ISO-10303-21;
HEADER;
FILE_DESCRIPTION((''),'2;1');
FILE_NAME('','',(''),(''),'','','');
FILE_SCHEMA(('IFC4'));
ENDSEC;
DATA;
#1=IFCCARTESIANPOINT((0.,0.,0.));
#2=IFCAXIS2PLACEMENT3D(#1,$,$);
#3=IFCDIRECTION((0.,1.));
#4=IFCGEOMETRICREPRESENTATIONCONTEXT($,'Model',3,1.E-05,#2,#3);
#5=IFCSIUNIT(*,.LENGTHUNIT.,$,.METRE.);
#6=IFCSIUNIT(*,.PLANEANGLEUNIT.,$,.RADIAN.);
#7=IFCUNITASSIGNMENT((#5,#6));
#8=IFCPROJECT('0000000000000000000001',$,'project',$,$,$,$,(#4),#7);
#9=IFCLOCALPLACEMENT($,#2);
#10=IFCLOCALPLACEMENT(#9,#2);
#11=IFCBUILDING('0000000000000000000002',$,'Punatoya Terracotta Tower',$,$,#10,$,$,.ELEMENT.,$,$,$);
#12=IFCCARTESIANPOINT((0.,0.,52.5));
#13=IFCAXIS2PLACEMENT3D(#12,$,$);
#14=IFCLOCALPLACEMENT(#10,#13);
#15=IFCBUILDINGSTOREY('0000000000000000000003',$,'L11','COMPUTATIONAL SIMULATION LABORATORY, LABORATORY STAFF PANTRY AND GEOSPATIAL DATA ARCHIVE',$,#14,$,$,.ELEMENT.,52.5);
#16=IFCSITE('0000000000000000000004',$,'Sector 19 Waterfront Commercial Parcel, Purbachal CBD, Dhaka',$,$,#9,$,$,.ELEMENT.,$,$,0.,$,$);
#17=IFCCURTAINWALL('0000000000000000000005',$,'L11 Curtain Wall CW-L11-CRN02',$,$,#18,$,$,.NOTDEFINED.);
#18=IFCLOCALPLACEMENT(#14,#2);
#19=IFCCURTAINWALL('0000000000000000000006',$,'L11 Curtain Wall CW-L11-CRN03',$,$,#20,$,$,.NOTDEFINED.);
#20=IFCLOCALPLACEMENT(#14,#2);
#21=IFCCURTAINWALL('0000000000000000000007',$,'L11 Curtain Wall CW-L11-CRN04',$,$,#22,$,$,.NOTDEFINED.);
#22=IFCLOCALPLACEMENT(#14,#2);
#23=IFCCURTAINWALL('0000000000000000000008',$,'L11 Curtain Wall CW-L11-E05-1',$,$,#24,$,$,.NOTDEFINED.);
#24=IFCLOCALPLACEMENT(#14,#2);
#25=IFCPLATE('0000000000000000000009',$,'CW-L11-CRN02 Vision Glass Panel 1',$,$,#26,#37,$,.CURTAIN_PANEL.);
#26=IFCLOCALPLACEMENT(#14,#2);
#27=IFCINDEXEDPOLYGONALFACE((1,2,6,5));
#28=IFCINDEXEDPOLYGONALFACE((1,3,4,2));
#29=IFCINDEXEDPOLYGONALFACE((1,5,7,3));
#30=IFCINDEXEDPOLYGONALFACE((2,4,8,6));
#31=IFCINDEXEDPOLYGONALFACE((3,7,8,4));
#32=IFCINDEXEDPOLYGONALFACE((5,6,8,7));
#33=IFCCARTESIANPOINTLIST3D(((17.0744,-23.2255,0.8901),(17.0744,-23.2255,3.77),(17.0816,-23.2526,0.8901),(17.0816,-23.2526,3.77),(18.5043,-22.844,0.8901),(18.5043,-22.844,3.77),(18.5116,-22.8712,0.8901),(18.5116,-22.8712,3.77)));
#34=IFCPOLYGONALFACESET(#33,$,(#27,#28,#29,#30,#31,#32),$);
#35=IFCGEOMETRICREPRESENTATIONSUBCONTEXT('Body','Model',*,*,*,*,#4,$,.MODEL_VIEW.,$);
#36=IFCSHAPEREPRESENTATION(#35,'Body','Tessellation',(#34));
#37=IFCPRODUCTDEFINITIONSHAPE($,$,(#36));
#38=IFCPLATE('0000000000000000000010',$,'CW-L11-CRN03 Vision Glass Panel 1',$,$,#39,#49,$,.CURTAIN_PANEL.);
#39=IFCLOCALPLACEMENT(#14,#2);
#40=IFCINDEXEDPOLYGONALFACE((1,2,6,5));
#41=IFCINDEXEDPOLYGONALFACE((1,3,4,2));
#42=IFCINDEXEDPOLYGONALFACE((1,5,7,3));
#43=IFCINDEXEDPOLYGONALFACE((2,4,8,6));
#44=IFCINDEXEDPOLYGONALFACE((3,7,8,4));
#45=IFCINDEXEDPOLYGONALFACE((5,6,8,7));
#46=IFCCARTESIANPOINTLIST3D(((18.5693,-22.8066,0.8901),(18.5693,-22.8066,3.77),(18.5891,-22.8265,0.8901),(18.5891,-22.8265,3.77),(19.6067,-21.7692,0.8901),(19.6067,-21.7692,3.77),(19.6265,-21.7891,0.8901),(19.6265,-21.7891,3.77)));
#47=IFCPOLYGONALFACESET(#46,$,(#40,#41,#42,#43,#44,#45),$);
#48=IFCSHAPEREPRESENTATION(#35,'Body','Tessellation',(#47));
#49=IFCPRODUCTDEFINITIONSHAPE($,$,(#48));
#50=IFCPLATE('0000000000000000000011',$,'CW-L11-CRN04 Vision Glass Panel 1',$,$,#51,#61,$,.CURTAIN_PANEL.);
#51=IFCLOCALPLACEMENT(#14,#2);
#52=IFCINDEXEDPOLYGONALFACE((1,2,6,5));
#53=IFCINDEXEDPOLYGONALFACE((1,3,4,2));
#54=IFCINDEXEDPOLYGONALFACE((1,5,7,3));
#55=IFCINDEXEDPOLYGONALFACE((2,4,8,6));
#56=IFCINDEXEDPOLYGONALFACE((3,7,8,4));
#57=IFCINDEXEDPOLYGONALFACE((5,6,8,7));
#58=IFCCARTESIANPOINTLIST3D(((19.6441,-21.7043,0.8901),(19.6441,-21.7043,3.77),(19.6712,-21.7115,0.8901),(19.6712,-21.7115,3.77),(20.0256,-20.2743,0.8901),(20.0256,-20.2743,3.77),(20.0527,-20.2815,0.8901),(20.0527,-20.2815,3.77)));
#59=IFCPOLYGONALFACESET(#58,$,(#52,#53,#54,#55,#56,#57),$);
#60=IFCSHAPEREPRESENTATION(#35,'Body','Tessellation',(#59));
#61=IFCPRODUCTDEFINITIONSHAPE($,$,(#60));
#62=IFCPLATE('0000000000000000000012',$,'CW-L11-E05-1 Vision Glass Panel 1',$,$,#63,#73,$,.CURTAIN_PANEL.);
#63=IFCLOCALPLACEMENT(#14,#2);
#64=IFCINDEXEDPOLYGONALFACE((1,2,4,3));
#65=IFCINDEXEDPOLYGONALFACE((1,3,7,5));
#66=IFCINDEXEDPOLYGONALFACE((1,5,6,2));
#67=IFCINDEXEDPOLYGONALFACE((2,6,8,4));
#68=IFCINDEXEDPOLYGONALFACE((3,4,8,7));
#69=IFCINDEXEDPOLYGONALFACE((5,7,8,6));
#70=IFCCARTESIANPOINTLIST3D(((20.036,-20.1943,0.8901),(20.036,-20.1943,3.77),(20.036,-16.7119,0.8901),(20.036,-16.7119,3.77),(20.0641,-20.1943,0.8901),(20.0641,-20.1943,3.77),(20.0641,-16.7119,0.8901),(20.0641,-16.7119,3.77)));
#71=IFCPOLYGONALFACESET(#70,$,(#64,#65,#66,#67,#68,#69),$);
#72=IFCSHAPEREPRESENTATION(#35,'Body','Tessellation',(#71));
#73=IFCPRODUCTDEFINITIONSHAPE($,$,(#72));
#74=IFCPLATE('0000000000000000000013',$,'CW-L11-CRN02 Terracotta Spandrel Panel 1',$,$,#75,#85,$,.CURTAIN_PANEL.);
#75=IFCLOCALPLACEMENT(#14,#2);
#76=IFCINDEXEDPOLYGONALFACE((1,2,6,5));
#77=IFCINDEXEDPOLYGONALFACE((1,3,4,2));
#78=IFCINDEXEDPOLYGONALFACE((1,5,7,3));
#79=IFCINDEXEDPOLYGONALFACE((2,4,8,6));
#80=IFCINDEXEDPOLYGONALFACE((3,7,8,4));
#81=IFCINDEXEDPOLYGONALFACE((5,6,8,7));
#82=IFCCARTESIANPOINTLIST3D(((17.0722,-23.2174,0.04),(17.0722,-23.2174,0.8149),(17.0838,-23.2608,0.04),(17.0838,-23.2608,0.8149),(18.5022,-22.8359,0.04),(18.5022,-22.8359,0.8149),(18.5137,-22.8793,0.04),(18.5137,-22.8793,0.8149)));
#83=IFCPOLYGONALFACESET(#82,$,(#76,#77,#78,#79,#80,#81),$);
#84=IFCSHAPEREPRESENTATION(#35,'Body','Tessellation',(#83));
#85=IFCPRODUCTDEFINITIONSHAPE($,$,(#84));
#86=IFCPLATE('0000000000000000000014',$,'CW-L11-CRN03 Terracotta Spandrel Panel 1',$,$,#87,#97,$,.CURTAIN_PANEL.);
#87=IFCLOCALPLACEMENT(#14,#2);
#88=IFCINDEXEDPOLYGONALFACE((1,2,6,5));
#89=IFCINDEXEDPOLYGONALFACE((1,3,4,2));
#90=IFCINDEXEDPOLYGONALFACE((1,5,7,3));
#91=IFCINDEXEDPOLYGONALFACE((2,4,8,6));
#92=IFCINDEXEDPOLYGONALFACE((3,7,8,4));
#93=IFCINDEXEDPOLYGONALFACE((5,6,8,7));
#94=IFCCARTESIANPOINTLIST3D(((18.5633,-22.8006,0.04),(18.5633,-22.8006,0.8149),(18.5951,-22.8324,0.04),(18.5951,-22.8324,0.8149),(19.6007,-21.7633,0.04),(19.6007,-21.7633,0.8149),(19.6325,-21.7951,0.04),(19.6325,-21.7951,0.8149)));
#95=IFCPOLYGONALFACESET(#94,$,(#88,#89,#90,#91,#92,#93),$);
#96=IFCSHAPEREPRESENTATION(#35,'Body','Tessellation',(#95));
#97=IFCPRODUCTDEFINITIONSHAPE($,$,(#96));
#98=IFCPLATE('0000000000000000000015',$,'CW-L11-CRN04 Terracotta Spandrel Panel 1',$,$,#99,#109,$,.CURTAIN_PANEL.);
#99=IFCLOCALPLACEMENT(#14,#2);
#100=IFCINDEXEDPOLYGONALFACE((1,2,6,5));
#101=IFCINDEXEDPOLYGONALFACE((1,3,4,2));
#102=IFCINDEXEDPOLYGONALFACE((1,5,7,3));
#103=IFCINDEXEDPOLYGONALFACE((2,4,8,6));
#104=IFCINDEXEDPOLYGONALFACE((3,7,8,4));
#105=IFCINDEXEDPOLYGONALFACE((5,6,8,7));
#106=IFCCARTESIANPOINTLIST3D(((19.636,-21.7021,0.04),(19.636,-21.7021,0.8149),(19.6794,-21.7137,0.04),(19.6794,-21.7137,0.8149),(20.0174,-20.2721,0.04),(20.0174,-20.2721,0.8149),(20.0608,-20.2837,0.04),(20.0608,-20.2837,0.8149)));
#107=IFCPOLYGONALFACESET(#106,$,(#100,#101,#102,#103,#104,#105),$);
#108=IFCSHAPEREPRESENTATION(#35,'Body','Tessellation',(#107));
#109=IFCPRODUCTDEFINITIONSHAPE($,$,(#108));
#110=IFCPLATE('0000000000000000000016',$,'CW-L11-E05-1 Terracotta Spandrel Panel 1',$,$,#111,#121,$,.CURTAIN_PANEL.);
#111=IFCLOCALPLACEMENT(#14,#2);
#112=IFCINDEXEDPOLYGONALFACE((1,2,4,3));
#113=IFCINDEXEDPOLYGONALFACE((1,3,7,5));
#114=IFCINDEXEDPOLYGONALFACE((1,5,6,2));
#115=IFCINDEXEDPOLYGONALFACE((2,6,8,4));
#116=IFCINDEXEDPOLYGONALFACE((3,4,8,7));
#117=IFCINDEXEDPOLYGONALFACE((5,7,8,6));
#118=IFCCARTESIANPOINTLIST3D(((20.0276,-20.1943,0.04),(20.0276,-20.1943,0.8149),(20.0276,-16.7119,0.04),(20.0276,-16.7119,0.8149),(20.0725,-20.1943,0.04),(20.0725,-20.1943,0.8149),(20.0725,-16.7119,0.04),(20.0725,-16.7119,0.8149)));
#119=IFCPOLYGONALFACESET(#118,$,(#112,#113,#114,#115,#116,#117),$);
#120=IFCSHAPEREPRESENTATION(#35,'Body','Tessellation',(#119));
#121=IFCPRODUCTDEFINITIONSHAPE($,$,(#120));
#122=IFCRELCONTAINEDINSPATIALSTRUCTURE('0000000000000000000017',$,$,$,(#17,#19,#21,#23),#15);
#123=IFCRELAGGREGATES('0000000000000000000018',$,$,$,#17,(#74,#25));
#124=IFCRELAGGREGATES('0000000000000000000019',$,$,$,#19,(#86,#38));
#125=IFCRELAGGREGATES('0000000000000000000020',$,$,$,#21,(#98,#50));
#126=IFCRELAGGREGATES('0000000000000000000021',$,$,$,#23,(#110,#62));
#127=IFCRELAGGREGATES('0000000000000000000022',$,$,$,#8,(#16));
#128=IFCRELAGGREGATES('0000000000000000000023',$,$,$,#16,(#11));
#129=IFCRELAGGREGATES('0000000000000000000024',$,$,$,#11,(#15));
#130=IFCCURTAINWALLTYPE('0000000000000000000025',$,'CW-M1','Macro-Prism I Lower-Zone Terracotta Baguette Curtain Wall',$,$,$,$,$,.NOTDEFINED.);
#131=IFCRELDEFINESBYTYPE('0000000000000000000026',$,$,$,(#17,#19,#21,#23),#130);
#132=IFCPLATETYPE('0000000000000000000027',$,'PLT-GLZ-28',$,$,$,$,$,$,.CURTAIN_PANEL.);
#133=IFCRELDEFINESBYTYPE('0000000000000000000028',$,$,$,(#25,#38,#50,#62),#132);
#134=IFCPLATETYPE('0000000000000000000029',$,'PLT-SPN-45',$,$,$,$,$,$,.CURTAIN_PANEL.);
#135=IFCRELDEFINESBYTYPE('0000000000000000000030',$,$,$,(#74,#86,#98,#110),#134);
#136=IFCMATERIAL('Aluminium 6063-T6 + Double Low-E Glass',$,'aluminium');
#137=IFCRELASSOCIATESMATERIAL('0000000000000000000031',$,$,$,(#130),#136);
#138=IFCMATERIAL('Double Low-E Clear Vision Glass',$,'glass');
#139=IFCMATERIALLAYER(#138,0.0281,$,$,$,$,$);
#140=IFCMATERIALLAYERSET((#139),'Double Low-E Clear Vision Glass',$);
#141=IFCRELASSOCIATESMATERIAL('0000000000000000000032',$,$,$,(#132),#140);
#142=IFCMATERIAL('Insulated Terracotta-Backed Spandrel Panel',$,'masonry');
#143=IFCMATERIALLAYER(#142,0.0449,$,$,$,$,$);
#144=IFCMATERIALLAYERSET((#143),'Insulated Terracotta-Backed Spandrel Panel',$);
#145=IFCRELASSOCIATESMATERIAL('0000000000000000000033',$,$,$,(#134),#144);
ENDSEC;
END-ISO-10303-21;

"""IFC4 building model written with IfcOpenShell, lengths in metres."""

from ifc_helpers import new_model, si_unit, direction, frame, origin, origin_2d, place, context, subcontext, project, spatial, rectangle, extrude, material, layer, layer_set, type_object, element, aggregate, save


model = new_model("IFC4")

# Units and contexts
model_context = context("Model", 3, precision=1e-05, world=origin(), true_north=direction((0.0, 1.0)))
body_context = subcontext(model_context, "Body", "Model", "MODEL_VIEW")
ifc_project = project(units=[si_unit("LENGTHUNIT", "METRE"), si_unit("PLANEANGLEUNIT", "RADIAN")], contexts=[model_context])

# Site, building, storey
site_placement = place(None, origin())
site = spatial("IfcSite", under=ifc_project, at=site_placement, Name="Sector 19 Waterfront Commercial Parcel, Purbachal CBD, Dhaka", CompositionType="ELEMENT", RefElevation=0.0)
building_placement = place(site_placement, origin())
building = spatial("IfcBuilding", under=site, at=building_placement, Name="Punatoya Terracotta Tower", CompositionType="ELEMENT")
storey_placement = place(building_placement, frame((0.0, 0.0, 52.5)))
storey = spatial("IfcBuildingStorey", under=building, at=storey_placement, Name="L11", Description="COMPUTATIONAL SIMULATION LABORATORY, LABORATORY STAFF PANTRY AND GEOSPATIAL DATA ARCHIVE", CompositionType="ELEMENT", Elevation=52.5)

# Curtain walls
ifc_material_1 = material(Name="Aluminium 6063-T6 + Double Low-E Glass", Category="aluminium")
curtain_wall_type = type_object("IfcCurtainWallType", Name="CW-M1", Description="Macro-Prism I Lower-Zone Terracotta Baguette Curtain Wall", PredefinedType="NOTDEFINED", material=ifc_material_1)
curtain_wall_1_placement = place(storey_placement, origin())
curtain_wall_1 = element("IfcCurtainWall", 1, at=curtain_wall_1_placement, inside=storey, type_object=curtain_wall_type, Name="L11 Curtain Wall CW-L11-CRN02", PredefinedType="NOTDEFINED")
curtain_wall_2_placement = place(storey_placement, origin())
curtain_wall_2 = element("IfcCurtainWall", 2, at=curtain_wall_2_placement, inside=storey, type_object=curtain_wall_type, Name="L11 Curtain Wall CW-L11-CRN03", PredefinedType="NOTDEFINED")
curtain_wall_3_placement = place(storey_placement, origin())
curtain_wall_3 = element("IfcCurtainWall", 3, at=curtain_wall_3_placement, inside=storey, type_object=curtain_wall_type, Name="L11 Curtain Wall CW-L11-CRN04", PredefinedType="NOTDEFINED")

# Curtain wall
curtain_wall_4_placement = place(storey_placement, origin())
curtain_wall_4 = element("IfcCurtainWall", 4, at=curtain_wall_4_placement, inside=storey, type_object=curtain_wall_type, Name="L11 Curtain Wall CW-L11-E05-1", PredefinedType="NOTDEFINED")

# Plates
ifc_material_2 = material(Name="Double Low-E Clear Vision Glass", Category="glass")
ifc_layer_1 = layer(ifc_material_2, 0.0281)
ifc_layer_set_1 = layer_set([ifc_layer_1], Name="Double Low-E Clear Vision Glass")
plate_type_1 = type_object("IfcPlateType", Name="PLT-GLZ-28", PredefinedType="CURTAIN_PANEL", material=ifc_layer_set_1)
plate_1_placement = place(storey_placement, frame((17.793, -23.0483, 0.8901), z_axis=(0.0, 0.0, 1.0), x_axis=(0.966214, 0.257742, 0.0)))
plate_1 = element("IfcPlate", 5, at=plate_1_placement, type_object=plate_type_1, Name="CW-L11-CRN02 Vision Glass Panel 1", PredefinedType="CURTAIN_PANEL", context=body_context, shape_type="SweptSolid", body=[
    extrude(rectangle(XDim=1.48, YDim=0.0281, at=origin_2d()), origin(), (0.0, 0.0, 1.0), 2.8799),
])
plate_2_placement = place(storey_placement, frame((19.0979, -22.2979, 0.8901), z_axis=(0.0, 0.0, 1.0), x_axis=(0.707107, 0.707107, 0.0)))
plate_2 = element("IfcPlate", 6, at=plate_2_placement, type_object=plate_type_1, Name="CW-L11-CRN03 Vision Glass Panel 1", PredefinedType="CURTAIN_PANEL", context=body_context, shape_type="SweptSolid", body=[
    extrude(rectangle(XDim=1.467, YDim=0.0281, at=origin_2d()), origin(), (0.0, 0.0, 1.0), 2.8799),
])
plate_3_placement = place(storey_placement, frame((19.8484, -20.9929, 0.8901), z_axis=(0.0, 0.0, 1.0), x_axis=(0.257742, 0.966214, 0.0)))
plate_3 = element("IfcPlate", 7, at=plate_3_placement, type_object=plate_type_1, Name="CW-L11-CRN04 Vision Glass Panel 1", PredefinedType="CURTAIN_PANEL", context=body_context, shape_type="SweptSolid", body=[
    extrude(rectangle(XDim=1.48, YDim=0.0281, at=origin_2d()), origin(), (0.0, 0.0, 1.0), 2.8799),
])
plate_4_placement = place(storey_placement, frame((20.05, -18.4531, 0.8901), z_axis=(0.0, 0.0, 1.0), x_axis=(0.0, 1.0, 0.0)))
plate_4 = element("IfcPlate", 8, at=plate_4_placement, type_object=plate_type_1, Name="CW-L11-E05-1 Vision Glass Panel 1", PredefinedType="CURTAIN_PANEL", context=body_context, shape_type="SweptSolid", body=[
    extrude(rectangle(XDim=3.4824, YDim=0.0281, at=origin_2d()), origin(), (0.0, 0.0, 1.0), 2.8799),
])
ifc_material_3 = material(Name="Insulated Terracotta-Backed Spandrel Panel", Category="masonry")
ifc_layer_2 = layer(ifc_material_3, 0.0449)
ifc_layer_set_2 = layer_set([ifc_layer_2], Name="Insulated Terracotta-Backed Spandrel Panel")
plate_type_2 = type_object("IfcPlateType", Name="PLT-SPN-45", PredefinedType="CURTAIN_PANEL", material=ifc_layer_set_2)
plate_5_placement = place(storey_placement, frame((17.793, -23.0483, 0.04), z_axis=(0.0, 0.0, 1.0), x_axis=(0.966214, 0.257742, 0.0)))
plate_5 = element("IfcPlate", 9, at=plate_5_placement, type_object=plate_type_2, Name="CW-L11-CRN02 Terracotta Spandrel Panel 1", PredefinedType="CURTAIN_PANEL", context=body_context, shape_type="SweptSolid", body=[
    extrude(rectangle(XDim=1.48, YDim=0.0449, at=origin_2d()), origin(), (0.0, 0.0, 1.0), 0.7749),
])
aggregate(curtain_wall_1, [plate_5, plate_1])
plate_6_placement = place(storey_placement, frame((19.0979, -22.2979, 0.04), z_axis=(0.0, 0.0, 1.0), x_axis=(0.707107, 0.707107, 0.0)))
plate_6 = element("IfcPlate", 10, at=plate_6_placement, type_object=plate_type_2, Name="CW-L11-CRN03 Terracotta Spandrel Panel 1", PredefinedType="CURTAIN_PANEL", context=body_context, shape_type="SweptSolid", body=[
    extrude(rectangle(XDim=1.467, YDim=0.0449, at=origin_2d()), origin(), (0.0, 0.0, 1.0), 0.7749),
])
aggregate(curtain_wall_2, [plate_6, plate_2])
plate_7_placement = place(storey_placement, frame((19.8484, -20.9929, 0.04), z_axis=(0.0, 0.0, 1.0), x_axis=(0.257742, 0.966214, 0.0)))
plate_7 = element("IfcPlate", 11, at=plate_7_placement, type_object=plate_type_2, Name="CW-L11-CRN04 Terracotta Spandrel Panel 1", PredefinedType="CURTAIN_PANEL", context=body_context, shape_type="SweptSolid", body=[
    extrude(rectangle(XDim=1.48, YDim=0.0449, at=origin_2d()), origin(), (0.0, 0.0, 1.0), 0.7749),
])
aggregate(curtain_wall_3, [plate_7, plate_3])
plate_8_placement = place(storey_placement, frame((20.05, -18.4531, 0.04), z_axis=(0.0, 0.0, 1.0), x_axis=(0.0, 1.0, 0.0)))
plate_8 = element("IfcPlate", 12, at=plate_8_placement, type_object=plate_type_2, Name="CW-L11-E05-1 Terracotta Spandrel Panel 1", PredefinedType="CURTAIN_PANEL", context=body_context, shape_type="SweptSolid", body=[
    extrude(rectangle(XDim=3.4824, YDim=0.0449, at=origin_2d()), origin(), (0.0, 0.0, 1.0), 0.7749),
])
aggregate(curtain_wall_4, [plate_8, plate_4])

save(model, "model.ifc")
